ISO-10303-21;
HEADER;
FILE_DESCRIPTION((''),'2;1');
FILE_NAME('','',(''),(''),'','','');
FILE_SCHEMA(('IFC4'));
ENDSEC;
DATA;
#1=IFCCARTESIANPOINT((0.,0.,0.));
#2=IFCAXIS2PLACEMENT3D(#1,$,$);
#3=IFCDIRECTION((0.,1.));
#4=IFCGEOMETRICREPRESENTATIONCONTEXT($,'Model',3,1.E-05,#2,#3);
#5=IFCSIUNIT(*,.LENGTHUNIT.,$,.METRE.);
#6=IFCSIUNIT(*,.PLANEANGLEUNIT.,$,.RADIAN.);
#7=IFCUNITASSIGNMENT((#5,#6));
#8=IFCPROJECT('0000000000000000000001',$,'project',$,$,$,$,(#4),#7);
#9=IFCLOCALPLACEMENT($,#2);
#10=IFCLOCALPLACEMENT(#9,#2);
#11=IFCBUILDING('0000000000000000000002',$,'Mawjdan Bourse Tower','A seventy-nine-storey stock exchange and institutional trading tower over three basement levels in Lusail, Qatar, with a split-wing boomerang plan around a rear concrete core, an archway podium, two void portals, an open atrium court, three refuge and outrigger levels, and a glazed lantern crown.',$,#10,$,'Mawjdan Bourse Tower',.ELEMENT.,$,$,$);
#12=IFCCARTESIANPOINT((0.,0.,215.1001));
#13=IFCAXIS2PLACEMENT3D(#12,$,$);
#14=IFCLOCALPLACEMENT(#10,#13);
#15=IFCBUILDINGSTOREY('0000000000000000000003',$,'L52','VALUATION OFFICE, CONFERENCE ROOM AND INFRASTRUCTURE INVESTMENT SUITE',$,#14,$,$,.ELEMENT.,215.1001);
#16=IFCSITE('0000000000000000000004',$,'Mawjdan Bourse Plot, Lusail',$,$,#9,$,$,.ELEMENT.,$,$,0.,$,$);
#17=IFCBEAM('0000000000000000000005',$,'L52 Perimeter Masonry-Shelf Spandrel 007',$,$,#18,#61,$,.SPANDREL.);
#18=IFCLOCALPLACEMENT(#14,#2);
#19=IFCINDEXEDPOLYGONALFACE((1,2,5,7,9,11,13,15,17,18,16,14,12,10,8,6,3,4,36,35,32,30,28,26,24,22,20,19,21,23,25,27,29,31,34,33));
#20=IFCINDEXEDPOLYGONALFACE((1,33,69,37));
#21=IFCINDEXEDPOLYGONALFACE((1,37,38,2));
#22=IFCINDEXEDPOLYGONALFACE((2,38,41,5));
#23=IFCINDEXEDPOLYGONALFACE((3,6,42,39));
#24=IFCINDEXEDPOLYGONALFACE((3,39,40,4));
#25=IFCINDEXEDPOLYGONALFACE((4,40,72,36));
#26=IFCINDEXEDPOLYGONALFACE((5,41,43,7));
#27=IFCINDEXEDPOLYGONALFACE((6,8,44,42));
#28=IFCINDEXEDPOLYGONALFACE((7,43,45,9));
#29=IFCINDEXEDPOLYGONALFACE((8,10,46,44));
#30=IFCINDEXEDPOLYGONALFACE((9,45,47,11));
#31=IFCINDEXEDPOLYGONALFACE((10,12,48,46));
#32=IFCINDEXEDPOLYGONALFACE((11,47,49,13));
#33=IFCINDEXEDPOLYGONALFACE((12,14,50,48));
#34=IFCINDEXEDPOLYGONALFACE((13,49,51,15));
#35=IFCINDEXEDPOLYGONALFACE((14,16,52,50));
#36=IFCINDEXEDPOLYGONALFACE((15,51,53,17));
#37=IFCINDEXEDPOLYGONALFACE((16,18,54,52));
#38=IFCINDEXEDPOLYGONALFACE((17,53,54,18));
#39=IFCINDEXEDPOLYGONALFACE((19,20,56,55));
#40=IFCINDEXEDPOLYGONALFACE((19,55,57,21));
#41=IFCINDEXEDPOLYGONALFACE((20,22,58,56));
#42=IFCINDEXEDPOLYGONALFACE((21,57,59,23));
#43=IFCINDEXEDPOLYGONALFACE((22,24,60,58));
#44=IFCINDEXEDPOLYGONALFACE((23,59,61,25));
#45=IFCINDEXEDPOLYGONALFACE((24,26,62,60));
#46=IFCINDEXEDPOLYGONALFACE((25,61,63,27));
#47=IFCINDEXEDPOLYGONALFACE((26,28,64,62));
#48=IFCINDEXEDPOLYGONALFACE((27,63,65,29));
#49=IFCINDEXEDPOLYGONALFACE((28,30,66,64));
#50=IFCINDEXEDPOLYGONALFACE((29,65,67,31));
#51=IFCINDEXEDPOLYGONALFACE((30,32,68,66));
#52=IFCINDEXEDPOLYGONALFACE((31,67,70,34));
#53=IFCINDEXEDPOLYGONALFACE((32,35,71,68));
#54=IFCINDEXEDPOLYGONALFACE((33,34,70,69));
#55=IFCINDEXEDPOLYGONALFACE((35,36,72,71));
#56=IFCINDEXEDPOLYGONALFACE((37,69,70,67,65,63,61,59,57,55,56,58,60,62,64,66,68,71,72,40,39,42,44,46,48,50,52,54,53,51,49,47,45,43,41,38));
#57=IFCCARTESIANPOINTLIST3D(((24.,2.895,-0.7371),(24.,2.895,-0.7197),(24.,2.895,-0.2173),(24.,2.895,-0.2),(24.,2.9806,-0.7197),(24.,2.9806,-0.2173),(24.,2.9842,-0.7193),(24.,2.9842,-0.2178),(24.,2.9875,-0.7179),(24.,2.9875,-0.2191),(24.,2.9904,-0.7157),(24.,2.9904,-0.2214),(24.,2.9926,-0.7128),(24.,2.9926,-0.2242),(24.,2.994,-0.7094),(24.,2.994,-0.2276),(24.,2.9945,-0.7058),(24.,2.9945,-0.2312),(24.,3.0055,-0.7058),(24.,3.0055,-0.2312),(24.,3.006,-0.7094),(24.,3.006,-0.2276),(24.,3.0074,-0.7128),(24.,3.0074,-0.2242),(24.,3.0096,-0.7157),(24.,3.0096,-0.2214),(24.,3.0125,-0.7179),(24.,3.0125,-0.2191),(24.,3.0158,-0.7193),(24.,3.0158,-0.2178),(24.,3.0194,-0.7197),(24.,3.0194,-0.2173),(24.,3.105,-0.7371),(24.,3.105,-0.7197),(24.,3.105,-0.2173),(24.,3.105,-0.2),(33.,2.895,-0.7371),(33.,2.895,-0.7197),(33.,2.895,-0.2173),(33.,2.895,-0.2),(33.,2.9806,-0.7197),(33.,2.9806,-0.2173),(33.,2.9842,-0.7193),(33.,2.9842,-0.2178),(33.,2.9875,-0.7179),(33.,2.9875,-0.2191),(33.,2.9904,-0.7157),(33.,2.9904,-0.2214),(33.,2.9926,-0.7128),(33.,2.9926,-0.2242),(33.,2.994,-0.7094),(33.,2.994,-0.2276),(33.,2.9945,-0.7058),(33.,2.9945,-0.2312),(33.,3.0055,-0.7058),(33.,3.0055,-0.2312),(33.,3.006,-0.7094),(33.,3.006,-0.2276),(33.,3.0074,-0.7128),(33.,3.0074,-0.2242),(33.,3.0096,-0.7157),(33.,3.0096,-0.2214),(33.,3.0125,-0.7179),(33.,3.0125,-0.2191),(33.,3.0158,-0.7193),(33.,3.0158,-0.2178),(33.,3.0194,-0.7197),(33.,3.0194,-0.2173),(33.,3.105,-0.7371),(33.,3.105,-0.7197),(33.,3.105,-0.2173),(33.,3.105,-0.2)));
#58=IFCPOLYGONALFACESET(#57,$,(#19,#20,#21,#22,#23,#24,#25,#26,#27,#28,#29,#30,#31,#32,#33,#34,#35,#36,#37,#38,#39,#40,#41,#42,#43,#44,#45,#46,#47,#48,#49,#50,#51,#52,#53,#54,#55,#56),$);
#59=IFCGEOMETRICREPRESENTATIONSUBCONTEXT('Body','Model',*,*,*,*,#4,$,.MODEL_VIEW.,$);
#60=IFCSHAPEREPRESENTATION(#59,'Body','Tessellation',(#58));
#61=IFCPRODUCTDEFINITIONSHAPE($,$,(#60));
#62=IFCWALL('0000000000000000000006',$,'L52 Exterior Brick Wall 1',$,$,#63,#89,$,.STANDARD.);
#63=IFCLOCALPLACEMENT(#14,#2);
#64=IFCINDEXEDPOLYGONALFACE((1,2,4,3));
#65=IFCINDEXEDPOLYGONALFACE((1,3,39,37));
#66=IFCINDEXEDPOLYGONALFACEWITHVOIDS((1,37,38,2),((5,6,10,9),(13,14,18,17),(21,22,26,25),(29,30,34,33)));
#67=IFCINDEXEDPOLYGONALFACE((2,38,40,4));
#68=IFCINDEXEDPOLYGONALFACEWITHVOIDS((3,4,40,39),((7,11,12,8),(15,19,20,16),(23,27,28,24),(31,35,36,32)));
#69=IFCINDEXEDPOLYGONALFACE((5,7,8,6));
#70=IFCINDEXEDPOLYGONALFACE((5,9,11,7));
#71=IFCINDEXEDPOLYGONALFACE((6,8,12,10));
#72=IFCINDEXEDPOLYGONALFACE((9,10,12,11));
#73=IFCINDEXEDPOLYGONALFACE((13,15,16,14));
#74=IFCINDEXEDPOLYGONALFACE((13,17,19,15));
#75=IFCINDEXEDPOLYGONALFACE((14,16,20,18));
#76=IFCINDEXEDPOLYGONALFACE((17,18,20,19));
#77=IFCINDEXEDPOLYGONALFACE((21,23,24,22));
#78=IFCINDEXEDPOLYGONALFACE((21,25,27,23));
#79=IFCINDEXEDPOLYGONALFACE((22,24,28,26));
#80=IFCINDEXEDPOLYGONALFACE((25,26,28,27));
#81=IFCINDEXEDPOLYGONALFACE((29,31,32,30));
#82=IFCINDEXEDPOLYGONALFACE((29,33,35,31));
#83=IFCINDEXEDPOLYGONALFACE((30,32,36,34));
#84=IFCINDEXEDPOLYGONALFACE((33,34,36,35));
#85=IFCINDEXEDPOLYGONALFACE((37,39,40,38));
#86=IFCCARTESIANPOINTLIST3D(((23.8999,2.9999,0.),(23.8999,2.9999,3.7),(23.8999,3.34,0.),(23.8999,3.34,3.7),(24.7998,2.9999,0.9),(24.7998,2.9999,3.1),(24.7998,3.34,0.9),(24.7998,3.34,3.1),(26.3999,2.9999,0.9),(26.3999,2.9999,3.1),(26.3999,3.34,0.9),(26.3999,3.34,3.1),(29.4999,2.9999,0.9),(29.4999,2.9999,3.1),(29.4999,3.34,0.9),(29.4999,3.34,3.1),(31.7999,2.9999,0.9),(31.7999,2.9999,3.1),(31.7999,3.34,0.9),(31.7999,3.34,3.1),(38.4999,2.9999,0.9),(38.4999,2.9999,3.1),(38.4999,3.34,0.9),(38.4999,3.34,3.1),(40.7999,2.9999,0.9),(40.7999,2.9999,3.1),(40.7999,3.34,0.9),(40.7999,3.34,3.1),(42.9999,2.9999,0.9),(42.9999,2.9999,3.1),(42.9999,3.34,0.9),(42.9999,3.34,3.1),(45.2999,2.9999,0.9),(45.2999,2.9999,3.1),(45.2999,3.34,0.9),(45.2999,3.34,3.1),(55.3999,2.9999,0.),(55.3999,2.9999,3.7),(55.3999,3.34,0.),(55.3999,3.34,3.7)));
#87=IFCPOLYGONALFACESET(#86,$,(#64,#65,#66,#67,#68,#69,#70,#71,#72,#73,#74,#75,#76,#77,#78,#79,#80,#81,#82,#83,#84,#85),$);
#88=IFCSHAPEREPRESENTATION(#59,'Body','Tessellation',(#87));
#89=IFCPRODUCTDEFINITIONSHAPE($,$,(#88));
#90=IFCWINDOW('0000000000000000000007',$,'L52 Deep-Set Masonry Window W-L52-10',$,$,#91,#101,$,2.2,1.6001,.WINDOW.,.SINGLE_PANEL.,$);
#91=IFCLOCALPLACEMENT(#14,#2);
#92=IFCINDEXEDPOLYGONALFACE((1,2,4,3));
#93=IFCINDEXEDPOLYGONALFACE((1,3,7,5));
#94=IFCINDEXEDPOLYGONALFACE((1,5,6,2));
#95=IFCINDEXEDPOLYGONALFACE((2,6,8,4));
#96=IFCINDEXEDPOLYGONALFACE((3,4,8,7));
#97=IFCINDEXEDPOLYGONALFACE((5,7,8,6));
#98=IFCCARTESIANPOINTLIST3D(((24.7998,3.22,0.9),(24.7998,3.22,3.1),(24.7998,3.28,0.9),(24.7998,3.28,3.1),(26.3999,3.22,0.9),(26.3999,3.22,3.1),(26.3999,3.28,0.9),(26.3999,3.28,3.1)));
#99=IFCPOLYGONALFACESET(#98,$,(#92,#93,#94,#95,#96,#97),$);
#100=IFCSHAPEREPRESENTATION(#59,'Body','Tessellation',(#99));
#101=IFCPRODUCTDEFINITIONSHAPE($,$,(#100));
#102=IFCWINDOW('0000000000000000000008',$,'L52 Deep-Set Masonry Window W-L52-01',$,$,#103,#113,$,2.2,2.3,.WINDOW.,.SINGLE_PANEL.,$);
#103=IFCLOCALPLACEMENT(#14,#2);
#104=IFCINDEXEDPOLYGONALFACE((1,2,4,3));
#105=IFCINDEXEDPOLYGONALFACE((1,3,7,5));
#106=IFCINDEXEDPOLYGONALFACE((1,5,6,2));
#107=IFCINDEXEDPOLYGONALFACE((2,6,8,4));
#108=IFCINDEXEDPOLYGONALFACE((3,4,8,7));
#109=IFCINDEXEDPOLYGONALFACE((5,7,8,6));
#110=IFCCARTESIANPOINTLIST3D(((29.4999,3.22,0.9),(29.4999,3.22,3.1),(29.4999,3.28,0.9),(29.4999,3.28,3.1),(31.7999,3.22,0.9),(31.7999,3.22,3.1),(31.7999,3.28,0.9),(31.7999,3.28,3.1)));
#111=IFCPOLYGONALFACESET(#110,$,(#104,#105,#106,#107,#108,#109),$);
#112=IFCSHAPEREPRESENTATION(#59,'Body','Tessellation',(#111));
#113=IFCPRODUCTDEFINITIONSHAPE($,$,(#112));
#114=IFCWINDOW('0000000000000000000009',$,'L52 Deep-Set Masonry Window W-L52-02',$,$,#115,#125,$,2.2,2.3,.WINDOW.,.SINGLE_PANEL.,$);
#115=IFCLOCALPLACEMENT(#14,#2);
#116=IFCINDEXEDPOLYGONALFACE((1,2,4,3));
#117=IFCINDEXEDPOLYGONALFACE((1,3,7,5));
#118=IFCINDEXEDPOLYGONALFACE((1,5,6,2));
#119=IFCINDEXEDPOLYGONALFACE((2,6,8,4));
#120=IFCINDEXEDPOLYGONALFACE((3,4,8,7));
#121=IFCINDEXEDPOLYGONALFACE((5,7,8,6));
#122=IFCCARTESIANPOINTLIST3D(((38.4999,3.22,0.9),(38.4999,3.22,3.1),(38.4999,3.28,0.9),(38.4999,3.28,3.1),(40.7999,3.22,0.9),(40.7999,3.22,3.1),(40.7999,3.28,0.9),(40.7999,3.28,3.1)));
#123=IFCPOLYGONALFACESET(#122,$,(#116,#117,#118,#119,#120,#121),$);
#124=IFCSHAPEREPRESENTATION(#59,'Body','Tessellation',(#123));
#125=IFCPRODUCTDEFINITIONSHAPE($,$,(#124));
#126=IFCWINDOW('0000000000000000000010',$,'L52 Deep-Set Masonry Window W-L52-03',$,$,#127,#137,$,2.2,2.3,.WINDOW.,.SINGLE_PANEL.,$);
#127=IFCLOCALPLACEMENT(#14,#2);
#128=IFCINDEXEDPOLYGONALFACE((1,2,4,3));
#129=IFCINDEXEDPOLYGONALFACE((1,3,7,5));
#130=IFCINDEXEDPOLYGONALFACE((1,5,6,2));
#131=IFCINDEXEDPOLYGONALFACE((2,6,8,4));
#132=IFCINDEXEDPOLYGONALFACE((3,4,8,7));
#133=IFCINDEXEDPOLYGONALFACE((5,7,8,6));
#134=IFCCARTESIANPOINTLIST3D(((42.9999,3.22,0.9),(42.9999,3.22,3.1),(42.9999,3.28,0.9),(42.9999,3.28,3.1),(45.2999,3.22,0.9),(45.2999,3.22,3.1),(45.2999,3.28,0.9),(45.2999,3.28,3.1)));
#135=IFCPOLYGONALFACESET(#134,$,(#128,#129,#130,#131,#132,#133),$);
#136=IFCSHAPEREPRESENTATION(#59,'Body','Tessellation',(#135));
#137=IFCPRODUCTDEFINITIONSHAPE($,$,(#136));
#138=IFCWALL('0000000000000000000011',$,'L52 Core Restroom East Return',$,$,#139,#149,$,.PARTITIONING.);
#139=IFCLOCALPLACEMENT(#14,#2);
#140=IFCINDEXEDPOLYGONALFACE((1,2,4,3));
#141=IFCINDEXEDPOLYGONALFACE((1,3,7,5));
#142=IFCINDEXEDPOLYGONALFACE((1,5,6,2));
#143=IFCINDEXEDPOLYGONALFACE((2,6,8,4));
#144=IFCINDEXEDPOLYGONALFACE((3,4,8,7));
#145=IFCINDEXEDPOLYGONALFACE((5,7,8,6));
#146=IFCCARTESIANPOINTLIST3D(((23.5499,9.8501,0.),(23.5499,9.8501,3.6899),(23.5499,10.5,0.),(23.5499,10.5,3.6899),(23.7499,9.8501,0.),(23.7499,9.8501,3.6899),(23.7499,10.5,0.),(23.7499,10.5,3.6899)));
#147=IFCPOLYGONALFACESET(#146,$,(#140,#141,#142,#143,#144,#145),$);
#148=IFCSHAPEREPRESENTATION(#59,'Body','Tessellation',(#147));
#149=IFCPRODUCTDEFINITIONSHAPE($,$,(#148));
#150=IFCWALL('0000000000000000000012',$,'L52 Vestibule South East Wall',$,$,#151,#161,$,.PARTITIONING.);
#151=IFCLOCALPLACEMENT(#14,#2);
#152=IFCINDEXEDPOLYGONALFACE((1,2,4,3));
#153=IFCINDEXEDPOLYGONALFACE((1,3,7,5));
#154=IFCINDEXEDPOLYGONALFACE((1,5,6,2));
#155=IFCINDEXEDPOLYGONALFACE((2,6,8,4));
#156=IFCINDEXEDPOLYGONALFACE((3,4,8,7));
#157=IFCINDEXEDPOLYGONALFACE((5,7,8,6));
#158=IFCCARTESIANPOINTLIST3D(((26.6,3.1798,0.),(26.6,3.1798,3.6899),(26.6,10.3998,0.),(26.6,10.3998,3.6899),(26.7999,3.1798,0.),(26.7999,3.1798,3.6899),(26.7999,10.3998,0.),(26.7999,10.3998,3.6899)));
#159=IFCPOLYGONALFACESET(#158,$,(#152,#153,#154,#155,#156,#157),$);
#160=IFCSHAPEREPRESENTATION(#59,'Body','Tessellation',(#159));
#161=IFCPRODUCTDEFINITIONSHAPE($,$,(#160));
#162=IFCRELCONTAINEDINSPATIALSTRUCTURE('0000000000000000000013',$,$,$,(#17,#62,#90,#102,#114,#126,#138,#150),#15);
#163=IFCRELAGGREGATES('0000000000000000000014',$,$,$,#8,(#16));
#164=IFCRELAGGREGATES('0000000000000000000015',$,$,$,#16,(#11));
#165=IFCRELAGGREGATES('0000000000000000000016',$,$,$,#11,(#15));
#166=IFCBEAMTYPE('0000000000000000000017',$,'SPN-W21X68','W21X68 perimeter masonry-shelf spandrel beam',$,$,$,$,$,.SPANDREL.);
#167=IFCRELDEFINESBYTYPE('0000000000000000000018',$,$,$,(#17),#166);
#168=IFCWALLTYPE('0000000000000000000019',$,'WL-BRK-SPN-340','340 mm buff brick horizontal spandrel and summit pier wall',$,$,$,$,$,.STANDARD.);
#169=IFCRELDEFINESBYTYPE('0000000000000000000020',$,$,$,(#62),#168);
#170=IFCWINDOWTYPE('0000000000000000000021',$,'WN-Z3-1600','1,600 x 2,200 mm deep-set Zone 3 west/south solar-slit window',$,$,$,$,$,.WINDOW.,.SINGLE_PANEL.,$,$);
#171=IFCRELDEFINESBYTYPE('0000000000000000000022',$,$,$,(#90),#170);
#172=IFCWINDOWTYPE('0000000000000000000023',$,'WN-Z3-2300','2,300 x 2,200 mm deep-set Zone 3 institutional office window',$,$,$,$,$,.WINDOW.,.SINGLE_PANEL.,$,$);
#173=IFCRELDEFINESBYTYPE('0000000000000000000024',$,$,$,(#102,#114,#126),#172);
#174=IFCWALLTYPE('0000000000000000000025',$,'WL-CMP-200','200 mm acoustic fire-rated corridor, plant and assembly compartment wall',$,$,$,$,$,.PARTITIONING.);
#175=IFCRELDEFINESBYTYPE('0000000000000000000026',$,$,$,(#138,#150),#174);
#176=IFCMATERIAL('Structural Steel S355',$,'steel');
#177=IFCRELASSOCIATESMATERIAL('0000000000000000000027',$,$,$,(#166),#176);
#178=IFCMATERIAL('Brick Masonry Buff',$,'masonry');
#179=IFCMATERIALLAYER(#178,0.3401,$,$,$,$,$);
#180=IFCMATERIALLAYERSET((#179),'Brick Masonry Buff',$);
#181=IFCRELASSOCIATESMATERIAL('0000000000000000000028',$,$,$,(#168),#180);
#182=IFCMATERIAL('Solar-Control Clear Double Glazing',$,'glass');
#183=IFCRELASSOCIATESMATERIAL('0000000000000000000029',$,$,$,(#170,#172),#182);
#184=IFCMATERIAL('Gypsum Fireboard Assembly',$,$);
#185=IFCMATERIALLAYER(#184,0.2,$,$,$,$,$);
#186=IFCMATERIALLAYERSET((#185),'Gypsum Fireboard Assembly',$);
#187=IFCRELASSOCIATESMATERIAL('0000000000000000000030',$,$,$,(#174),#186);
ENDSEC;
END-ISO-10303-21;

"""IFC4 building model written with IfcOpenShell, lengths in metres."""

from ifc_helpers import new_model, si_unit, direction, frame, frame_2d, origin, origin_2d, place, context, subcontext, project, spatial, rectangle, i_section, extrude, material, layer, layer_set, material_profile, profile_set, type_object, element, fill, save


model = new_model("IFC4")

# Units and contexts
model_context = context("Model", 3, precision=1e-05, world=origin(), true_north=direction((0.0, 1.0)))
body_context = subcontext(model_context, "Body", "Model", "MODEL_VIEW")
ifc_project = project(units=[si_unit("LENGTHUNIT", "METRE"), si_unit("PLANEANGLEUNIT", "RADIAN")], contexts=[model_context])

# Site, building, storey
site_placement = place(None, origin())
site = spatial("IfcSite", under=ifc_project, at=site_placement, Name="Mawjdan Bourse Plot, Lusail", CompositionType="ELEMENT", RefElevation=0.0)
building_placement = place(site_placement, origin())
building = spatial("IfcBuilding", under=site, at=building_placement, Name="Mawjdan Bourse Tower", Description="A seventy-nine-storey stock exchange and institutional trading tower over three basement levels in Lusail, Qatar, with a split-wing boomerang plan around a rear concrete core, an archway podium, two void portals, an open atrium court, three refuge and outrigger levels, and a glazed lantern crown.", LongName="Mawjdan Bourse Tower", CompositionType="ELEMENT")
storey_placement = place(building_placement, frame((0.0, 0.0, 215.1001)))
storey = spatial("IfcBuildingStorey", under=building, at=storey_placement, Name="L52", Description="VALUATION OFFICE, CONFERENCE ROOM AND INFRASTRUCTURE INVESTMENT SUITE", CompositionType="ELEMENT", Elevation=215.1001)

# Beam
ifc_material_1 = material(Name="Structural Steel S355", Category="steel")
ifc_material_profile_1 = material_profile(ifc_material_1, i_section(OverallWidth=0.21, OverallDepth=0.5371, WebThickness=0.011, FlangeThickness=0.0173, FilletRadius=0.0139, at=origin_2d()), Name="W21X68")
ifc_profile_set_1 = profile_set([ifc_material_profile_1], Name="Structural Steel S355")
beam_type_1 = type_object("IfcBeamType", Name="SPN-W21X68", Description="W21X68 perimeter masonry-shelf spandrel beam", PredefinedType="SPANDREL", material=ifc_profile_set_1)
beam_1_placement = place(storey_placement, frame((24.0, 3.0, -0.4685), z_axis=(1.0, 0.0, 0.0), x_axis=(0.0, 1.0, 0.0)))
element("IfcBeam", 1, at=beam_1_placement, inside=storey, type_object=beam_type_1, Name="L52 Perimeter Masonry-Shelf Spandrel 007", PredefinedType="SPANDREL", context=body_context, shape_type="SweptSolid", body=[
    extrude(i_section(OverallWidth=0.21, OverallDepth=0.5371, WebThickness=0.011, FlangeThickness=0.0173, FilletRadius=0.0139, at=origin_2d()), origin(), (0.0, 0.0, 1.0), 9.0),
])

# Wall, openings, windows
ifc_material_2 = material(Name="Brick Masonry Buff", Category="masonry")
ifc_layer_1 = layer(ifc_material_2, 0.3401)
ifc_layer_set_1 = layer_set([ifc_layer_1], Name="Brick Masonry Buff")
wall_type_1 = type_object("IfcWallType", Name="WL-BRK-SPN-340", Description="340 mm buff brick horizontal spandrel and summit pier wall", PredefinedType="STANDARD", material=ifc_layer_set_1)
wall_1_placement = place(storey_placement, frame((23.8999, 3.1699, 0.0), z_axis=(0.0, 0.0, 1.0), x_axis=(1.0, 0.0, 0.0)))
wall_1 = element("IfcWall", 2, at=wall_1_placement, inside=storey, type_object=wall_type_1, Name="L52 Exterior Brick Wall 1", PredefinedType="STANDARD", context=body_context, shape_type="SweptSolid", body=[
    extrude(rectangle(XDim=31.5, YDim=0.3401, at=frame_2d((15.75, 0.0))), origin(), (0.0, 0.0, 1.0), 3.7),
])
opening_1_placement = place(wall_1_placement, frame((5.6001, 0.0, 0.8999)))
opening_1 = element("IfcOpeningElement", 3, at=opening_1_placement, cuts=wall_1, PredefinedType="OPENING", context=body_context, shape_type="SweptSolid", body=[
    extrude(rectangle(XDim=2.3, YDim=2.2, at=frame_2d((1.1499, 1.1001))), frame((0.0, 0.1802, 0.0), z_axis=(0.0, -1.0, 0.0), x_axis=(1.0, 0.0, 0.0)), (0.0, 0.0, 1.0), 0.3601),
])
opening_2_placement = place(wall_1_placement, frame((14.6001, 0.0, 0.8999)))
opening_2 = element("IfcOpeningElement", 4, at=opening_2_placement, cuts=wall_1, PredefinedType="OPENING", context=body_context, shape_type="SweptSolid", body=[
    extrude(rectangle(XDim=2.3, YDim=2.2, at=frame_2d((1.1499, 1.1001))), frame((0.0, 0.1802, 0.0), z_axis=(0.0, -1.0, 0.0), x_axis=(1.0, 0.0, 0.0)), (0.0, 0.0, 1.0), 0.3601),
])
opening_3_placement = place(wall_1_placement, frame((19.1001, 0.0, 0.8999)))
opening_3 = element("IfcOpeningElement", 5, at=opening_3_placement, cuts=wall_1, PredefinedType="OPENING", context=body_context, shape_type="SweptSolid", body=[
    extrude(rectangle(XDim=2.3, YDim=2.2, at=frame_2d((1.1499, 1.1001))), frame((0.0, 0.1802, 0.0), z_axis=(0.0, -1.0, 0.0), x_axis=(1.0, 0.0, 0.0)), (0.0, 0.0, 1.0), 0.3601),
])
opening_4_placement = place(wall_1_placement, frame((0.8999, 0.0, 0.8999)))
opening_4 = element("IfcOpeningElement", 6, at=opening_4_placement, cuts=wall_1, PredefinedType="OPENING", context=body_context, shape_type="SweptSolid", body=[
    extrude(rectangle(XDim=1.6001, YDim=2.2, at=frame_2d((0.8, 1.1001))), frame((0.0, 0.1802, 0.0), z_axis=(0.0, -1.0, 0.0), x_axis=(1.0, 0.0, 0.0)), (0.0, 0.0, 1.0), 0.3601),
])
ifc_material_3 = material(Name="Solar-Control Clear Double Glazing", Category="glass")
window_type_1 = type_object("IfcWindowType", Name="WN-Z3-1600", Description="1,600 x 2,200 mm deep-set Zone 3 west/south solar-slit window", PartitioningType="SINGLE_PANEL", PredefinedType="WINDOW", material=ifc_material_3)
window_1_placement = place(opening_4_placement, origin())
window_1 = element("IfcWindow", 7, at=window_1_placement, inside=storey, type_object=window_type_1, Name="L52 Deep-Set Masonry Window W-L52-10", OverallHeight=2.2, OverallWidth=1.6001, PartitioningType="SINGLE_PANEL", PredefinedType="WINDOW", context=body_context, shape_type="SweptSolid", body=[
    extrude(rectangle(XDim=1.6001, YDim=2.2, at=frame_2d((0.8, 1.1001))), frame((0.0, 0.1101, 0.0), z_axis=(0.0, -1.0, 0.0), x_axis=(1.0, 0.0, 0.0)), (0.0, 0.0, 1.0), 0.0601),
])
fill(opening_4, window_1)
window_type_2 = type_object("IfcWindowType", Name="WN-Z3-2300", Description="2,300 x 2,200 mm deep-set Zone 3 institutional office window", PartitioningType="SINGLE_PANEL", PredefinedType="WINDOW", material=ifc_material_3)
window_2_placement = place(opening_1_placement, origin())
window_2 = element("IfcWindow", 8, at=window_2_placement, inside=storey, type_object=window_type_2, Name="L52 Deep-Set Masonry Window W-L52-01", OverallHeight=2.2, OverallWidth=2.3, PartitioningType="SINGLE_PANEL", PredefinedType="WINDOW", context=body_context, shape_type="SweptSolid", body=[
    extrude(rectangle(XDim=2.3, YDim=2.2, at=frame_2d((1.1499, 1.1001))), frame((0.0, 0.1101, 0.0), z_axis=(0.0, -1.0, 0.0), x_axis=(1.0, 0.0, 0.0)), (0.0, 0.0, 1.0), 0.0601),
])
fill(opening_1, window_2)
window_3_placement = place(opening_2_placement, origin())
window_3 = element("IfcWindow", 9, at=window_3_placement, inside=storey, type_object=window_type_2, Name="L52 Deep-Set Masonry Window W-L52-02", OverallHeight=2.2, OverallWidth=2.3, PartitioningType="SINGLE_PANEL", PredefinedType="WINDOW", context=body_context, shape_type="SweptSolid", body=[
    extrude(rectangle(XDim=2.3, YDim=2.2, at=frame_2d((1.1499, 1.1001))), frame((0.0, 0.1101, 0.0), z_axis=(0.0, -1.0, 0.0), x_axis=(1.0, 0.0, 0.0)), (0.0, 0.0, 1.0), 0.0601),
])
fill(opening_2, window_3)
window_4_placement = place(opening_3_placement, origin())
window_4 = element("IfcWindow", 10, at=window_4_placement, inside=storey, type_object=window_type_2, Name="L52 Deep-Set Masonry Window W-L52-03", OverallHeight=2.2, OverallWidth=2.3, PartitioningType="SINGLE_PANEL", PredefinedType="WINDOW", context=body_context, shape_type="SweptSolid", body=[
    extrude(rectangle(XDim=2.3, YDim=2.2, at=frame_2d((1.1499, 1.1001))), frame((0.0, 0.1101, 0.0), z_axis=(0.0, -1.0, 0.0), x_axis=(1.0, 0.0, 0.0)), (0.0, 0.0, 1.0), 0.0601),
])
fill(opening_3, window_4)

# Wall
ifc_material_4 = material(Name="Gypsum Fireboard Assembly")
ifc_layer_2 = layer(ifc_material_4, 0.2)
ifc_layer_set_2 = layer_set([ifc_layer_2], Name="Gypsum Fireboard Assembly")
wall_type_2 = type_object("IfcWallType", Name="WL-CMP-200", Description="200 mm acoustic fire-rated corridor, plant and assembly compartment wall", PredefinedType="PARTITIONING", material=ifc_layer_set_2)
wall_2_placement = place(storey_placement, frame((23.6499, 9.8501, 0.0), z_axis=(0.0, 0.0, 1.0), x_axis=(0.0, 1.0, 0.0)))
element("IfcWall", 11, at=wall_2_placement, inside=storey, type_object=wall_type_2, Name="L52 Core Restroom East Return", PredefinedType="PARTITIONING", context=body_context, shape_type="SweptSolid", body=[
    extrude(rectangle(XDim=0.6499, YDim=0.2, at=frame_2d((0.325, 0.0))), origin(), (0.0, 0.0, 1.0), 3.6899),
])

# Wall
wall_3_placement = place(storey_placement, frame((26.7, 3.1799, 0.0), z_axis=(0.0, 0.0, 1.0), x_axis=(0.0, 1.0, 0.0)))
element("IfcWall", 12, at=wall_3_placement, inside=storey, type_object=wall_type_2, Name="L52 Vestibule South East Wall", PredefinedType="PARTITIONING", context=body_context, shape_type="SweptSolid", body=[
    extrude(rectangle(XDim=7.22, YDim=0.2, at=frame_2d((3.6099, 0.0))), origin(), (0.0, 0.0, 1.0), 3.6899),
])

save(model, "model.ifc")
